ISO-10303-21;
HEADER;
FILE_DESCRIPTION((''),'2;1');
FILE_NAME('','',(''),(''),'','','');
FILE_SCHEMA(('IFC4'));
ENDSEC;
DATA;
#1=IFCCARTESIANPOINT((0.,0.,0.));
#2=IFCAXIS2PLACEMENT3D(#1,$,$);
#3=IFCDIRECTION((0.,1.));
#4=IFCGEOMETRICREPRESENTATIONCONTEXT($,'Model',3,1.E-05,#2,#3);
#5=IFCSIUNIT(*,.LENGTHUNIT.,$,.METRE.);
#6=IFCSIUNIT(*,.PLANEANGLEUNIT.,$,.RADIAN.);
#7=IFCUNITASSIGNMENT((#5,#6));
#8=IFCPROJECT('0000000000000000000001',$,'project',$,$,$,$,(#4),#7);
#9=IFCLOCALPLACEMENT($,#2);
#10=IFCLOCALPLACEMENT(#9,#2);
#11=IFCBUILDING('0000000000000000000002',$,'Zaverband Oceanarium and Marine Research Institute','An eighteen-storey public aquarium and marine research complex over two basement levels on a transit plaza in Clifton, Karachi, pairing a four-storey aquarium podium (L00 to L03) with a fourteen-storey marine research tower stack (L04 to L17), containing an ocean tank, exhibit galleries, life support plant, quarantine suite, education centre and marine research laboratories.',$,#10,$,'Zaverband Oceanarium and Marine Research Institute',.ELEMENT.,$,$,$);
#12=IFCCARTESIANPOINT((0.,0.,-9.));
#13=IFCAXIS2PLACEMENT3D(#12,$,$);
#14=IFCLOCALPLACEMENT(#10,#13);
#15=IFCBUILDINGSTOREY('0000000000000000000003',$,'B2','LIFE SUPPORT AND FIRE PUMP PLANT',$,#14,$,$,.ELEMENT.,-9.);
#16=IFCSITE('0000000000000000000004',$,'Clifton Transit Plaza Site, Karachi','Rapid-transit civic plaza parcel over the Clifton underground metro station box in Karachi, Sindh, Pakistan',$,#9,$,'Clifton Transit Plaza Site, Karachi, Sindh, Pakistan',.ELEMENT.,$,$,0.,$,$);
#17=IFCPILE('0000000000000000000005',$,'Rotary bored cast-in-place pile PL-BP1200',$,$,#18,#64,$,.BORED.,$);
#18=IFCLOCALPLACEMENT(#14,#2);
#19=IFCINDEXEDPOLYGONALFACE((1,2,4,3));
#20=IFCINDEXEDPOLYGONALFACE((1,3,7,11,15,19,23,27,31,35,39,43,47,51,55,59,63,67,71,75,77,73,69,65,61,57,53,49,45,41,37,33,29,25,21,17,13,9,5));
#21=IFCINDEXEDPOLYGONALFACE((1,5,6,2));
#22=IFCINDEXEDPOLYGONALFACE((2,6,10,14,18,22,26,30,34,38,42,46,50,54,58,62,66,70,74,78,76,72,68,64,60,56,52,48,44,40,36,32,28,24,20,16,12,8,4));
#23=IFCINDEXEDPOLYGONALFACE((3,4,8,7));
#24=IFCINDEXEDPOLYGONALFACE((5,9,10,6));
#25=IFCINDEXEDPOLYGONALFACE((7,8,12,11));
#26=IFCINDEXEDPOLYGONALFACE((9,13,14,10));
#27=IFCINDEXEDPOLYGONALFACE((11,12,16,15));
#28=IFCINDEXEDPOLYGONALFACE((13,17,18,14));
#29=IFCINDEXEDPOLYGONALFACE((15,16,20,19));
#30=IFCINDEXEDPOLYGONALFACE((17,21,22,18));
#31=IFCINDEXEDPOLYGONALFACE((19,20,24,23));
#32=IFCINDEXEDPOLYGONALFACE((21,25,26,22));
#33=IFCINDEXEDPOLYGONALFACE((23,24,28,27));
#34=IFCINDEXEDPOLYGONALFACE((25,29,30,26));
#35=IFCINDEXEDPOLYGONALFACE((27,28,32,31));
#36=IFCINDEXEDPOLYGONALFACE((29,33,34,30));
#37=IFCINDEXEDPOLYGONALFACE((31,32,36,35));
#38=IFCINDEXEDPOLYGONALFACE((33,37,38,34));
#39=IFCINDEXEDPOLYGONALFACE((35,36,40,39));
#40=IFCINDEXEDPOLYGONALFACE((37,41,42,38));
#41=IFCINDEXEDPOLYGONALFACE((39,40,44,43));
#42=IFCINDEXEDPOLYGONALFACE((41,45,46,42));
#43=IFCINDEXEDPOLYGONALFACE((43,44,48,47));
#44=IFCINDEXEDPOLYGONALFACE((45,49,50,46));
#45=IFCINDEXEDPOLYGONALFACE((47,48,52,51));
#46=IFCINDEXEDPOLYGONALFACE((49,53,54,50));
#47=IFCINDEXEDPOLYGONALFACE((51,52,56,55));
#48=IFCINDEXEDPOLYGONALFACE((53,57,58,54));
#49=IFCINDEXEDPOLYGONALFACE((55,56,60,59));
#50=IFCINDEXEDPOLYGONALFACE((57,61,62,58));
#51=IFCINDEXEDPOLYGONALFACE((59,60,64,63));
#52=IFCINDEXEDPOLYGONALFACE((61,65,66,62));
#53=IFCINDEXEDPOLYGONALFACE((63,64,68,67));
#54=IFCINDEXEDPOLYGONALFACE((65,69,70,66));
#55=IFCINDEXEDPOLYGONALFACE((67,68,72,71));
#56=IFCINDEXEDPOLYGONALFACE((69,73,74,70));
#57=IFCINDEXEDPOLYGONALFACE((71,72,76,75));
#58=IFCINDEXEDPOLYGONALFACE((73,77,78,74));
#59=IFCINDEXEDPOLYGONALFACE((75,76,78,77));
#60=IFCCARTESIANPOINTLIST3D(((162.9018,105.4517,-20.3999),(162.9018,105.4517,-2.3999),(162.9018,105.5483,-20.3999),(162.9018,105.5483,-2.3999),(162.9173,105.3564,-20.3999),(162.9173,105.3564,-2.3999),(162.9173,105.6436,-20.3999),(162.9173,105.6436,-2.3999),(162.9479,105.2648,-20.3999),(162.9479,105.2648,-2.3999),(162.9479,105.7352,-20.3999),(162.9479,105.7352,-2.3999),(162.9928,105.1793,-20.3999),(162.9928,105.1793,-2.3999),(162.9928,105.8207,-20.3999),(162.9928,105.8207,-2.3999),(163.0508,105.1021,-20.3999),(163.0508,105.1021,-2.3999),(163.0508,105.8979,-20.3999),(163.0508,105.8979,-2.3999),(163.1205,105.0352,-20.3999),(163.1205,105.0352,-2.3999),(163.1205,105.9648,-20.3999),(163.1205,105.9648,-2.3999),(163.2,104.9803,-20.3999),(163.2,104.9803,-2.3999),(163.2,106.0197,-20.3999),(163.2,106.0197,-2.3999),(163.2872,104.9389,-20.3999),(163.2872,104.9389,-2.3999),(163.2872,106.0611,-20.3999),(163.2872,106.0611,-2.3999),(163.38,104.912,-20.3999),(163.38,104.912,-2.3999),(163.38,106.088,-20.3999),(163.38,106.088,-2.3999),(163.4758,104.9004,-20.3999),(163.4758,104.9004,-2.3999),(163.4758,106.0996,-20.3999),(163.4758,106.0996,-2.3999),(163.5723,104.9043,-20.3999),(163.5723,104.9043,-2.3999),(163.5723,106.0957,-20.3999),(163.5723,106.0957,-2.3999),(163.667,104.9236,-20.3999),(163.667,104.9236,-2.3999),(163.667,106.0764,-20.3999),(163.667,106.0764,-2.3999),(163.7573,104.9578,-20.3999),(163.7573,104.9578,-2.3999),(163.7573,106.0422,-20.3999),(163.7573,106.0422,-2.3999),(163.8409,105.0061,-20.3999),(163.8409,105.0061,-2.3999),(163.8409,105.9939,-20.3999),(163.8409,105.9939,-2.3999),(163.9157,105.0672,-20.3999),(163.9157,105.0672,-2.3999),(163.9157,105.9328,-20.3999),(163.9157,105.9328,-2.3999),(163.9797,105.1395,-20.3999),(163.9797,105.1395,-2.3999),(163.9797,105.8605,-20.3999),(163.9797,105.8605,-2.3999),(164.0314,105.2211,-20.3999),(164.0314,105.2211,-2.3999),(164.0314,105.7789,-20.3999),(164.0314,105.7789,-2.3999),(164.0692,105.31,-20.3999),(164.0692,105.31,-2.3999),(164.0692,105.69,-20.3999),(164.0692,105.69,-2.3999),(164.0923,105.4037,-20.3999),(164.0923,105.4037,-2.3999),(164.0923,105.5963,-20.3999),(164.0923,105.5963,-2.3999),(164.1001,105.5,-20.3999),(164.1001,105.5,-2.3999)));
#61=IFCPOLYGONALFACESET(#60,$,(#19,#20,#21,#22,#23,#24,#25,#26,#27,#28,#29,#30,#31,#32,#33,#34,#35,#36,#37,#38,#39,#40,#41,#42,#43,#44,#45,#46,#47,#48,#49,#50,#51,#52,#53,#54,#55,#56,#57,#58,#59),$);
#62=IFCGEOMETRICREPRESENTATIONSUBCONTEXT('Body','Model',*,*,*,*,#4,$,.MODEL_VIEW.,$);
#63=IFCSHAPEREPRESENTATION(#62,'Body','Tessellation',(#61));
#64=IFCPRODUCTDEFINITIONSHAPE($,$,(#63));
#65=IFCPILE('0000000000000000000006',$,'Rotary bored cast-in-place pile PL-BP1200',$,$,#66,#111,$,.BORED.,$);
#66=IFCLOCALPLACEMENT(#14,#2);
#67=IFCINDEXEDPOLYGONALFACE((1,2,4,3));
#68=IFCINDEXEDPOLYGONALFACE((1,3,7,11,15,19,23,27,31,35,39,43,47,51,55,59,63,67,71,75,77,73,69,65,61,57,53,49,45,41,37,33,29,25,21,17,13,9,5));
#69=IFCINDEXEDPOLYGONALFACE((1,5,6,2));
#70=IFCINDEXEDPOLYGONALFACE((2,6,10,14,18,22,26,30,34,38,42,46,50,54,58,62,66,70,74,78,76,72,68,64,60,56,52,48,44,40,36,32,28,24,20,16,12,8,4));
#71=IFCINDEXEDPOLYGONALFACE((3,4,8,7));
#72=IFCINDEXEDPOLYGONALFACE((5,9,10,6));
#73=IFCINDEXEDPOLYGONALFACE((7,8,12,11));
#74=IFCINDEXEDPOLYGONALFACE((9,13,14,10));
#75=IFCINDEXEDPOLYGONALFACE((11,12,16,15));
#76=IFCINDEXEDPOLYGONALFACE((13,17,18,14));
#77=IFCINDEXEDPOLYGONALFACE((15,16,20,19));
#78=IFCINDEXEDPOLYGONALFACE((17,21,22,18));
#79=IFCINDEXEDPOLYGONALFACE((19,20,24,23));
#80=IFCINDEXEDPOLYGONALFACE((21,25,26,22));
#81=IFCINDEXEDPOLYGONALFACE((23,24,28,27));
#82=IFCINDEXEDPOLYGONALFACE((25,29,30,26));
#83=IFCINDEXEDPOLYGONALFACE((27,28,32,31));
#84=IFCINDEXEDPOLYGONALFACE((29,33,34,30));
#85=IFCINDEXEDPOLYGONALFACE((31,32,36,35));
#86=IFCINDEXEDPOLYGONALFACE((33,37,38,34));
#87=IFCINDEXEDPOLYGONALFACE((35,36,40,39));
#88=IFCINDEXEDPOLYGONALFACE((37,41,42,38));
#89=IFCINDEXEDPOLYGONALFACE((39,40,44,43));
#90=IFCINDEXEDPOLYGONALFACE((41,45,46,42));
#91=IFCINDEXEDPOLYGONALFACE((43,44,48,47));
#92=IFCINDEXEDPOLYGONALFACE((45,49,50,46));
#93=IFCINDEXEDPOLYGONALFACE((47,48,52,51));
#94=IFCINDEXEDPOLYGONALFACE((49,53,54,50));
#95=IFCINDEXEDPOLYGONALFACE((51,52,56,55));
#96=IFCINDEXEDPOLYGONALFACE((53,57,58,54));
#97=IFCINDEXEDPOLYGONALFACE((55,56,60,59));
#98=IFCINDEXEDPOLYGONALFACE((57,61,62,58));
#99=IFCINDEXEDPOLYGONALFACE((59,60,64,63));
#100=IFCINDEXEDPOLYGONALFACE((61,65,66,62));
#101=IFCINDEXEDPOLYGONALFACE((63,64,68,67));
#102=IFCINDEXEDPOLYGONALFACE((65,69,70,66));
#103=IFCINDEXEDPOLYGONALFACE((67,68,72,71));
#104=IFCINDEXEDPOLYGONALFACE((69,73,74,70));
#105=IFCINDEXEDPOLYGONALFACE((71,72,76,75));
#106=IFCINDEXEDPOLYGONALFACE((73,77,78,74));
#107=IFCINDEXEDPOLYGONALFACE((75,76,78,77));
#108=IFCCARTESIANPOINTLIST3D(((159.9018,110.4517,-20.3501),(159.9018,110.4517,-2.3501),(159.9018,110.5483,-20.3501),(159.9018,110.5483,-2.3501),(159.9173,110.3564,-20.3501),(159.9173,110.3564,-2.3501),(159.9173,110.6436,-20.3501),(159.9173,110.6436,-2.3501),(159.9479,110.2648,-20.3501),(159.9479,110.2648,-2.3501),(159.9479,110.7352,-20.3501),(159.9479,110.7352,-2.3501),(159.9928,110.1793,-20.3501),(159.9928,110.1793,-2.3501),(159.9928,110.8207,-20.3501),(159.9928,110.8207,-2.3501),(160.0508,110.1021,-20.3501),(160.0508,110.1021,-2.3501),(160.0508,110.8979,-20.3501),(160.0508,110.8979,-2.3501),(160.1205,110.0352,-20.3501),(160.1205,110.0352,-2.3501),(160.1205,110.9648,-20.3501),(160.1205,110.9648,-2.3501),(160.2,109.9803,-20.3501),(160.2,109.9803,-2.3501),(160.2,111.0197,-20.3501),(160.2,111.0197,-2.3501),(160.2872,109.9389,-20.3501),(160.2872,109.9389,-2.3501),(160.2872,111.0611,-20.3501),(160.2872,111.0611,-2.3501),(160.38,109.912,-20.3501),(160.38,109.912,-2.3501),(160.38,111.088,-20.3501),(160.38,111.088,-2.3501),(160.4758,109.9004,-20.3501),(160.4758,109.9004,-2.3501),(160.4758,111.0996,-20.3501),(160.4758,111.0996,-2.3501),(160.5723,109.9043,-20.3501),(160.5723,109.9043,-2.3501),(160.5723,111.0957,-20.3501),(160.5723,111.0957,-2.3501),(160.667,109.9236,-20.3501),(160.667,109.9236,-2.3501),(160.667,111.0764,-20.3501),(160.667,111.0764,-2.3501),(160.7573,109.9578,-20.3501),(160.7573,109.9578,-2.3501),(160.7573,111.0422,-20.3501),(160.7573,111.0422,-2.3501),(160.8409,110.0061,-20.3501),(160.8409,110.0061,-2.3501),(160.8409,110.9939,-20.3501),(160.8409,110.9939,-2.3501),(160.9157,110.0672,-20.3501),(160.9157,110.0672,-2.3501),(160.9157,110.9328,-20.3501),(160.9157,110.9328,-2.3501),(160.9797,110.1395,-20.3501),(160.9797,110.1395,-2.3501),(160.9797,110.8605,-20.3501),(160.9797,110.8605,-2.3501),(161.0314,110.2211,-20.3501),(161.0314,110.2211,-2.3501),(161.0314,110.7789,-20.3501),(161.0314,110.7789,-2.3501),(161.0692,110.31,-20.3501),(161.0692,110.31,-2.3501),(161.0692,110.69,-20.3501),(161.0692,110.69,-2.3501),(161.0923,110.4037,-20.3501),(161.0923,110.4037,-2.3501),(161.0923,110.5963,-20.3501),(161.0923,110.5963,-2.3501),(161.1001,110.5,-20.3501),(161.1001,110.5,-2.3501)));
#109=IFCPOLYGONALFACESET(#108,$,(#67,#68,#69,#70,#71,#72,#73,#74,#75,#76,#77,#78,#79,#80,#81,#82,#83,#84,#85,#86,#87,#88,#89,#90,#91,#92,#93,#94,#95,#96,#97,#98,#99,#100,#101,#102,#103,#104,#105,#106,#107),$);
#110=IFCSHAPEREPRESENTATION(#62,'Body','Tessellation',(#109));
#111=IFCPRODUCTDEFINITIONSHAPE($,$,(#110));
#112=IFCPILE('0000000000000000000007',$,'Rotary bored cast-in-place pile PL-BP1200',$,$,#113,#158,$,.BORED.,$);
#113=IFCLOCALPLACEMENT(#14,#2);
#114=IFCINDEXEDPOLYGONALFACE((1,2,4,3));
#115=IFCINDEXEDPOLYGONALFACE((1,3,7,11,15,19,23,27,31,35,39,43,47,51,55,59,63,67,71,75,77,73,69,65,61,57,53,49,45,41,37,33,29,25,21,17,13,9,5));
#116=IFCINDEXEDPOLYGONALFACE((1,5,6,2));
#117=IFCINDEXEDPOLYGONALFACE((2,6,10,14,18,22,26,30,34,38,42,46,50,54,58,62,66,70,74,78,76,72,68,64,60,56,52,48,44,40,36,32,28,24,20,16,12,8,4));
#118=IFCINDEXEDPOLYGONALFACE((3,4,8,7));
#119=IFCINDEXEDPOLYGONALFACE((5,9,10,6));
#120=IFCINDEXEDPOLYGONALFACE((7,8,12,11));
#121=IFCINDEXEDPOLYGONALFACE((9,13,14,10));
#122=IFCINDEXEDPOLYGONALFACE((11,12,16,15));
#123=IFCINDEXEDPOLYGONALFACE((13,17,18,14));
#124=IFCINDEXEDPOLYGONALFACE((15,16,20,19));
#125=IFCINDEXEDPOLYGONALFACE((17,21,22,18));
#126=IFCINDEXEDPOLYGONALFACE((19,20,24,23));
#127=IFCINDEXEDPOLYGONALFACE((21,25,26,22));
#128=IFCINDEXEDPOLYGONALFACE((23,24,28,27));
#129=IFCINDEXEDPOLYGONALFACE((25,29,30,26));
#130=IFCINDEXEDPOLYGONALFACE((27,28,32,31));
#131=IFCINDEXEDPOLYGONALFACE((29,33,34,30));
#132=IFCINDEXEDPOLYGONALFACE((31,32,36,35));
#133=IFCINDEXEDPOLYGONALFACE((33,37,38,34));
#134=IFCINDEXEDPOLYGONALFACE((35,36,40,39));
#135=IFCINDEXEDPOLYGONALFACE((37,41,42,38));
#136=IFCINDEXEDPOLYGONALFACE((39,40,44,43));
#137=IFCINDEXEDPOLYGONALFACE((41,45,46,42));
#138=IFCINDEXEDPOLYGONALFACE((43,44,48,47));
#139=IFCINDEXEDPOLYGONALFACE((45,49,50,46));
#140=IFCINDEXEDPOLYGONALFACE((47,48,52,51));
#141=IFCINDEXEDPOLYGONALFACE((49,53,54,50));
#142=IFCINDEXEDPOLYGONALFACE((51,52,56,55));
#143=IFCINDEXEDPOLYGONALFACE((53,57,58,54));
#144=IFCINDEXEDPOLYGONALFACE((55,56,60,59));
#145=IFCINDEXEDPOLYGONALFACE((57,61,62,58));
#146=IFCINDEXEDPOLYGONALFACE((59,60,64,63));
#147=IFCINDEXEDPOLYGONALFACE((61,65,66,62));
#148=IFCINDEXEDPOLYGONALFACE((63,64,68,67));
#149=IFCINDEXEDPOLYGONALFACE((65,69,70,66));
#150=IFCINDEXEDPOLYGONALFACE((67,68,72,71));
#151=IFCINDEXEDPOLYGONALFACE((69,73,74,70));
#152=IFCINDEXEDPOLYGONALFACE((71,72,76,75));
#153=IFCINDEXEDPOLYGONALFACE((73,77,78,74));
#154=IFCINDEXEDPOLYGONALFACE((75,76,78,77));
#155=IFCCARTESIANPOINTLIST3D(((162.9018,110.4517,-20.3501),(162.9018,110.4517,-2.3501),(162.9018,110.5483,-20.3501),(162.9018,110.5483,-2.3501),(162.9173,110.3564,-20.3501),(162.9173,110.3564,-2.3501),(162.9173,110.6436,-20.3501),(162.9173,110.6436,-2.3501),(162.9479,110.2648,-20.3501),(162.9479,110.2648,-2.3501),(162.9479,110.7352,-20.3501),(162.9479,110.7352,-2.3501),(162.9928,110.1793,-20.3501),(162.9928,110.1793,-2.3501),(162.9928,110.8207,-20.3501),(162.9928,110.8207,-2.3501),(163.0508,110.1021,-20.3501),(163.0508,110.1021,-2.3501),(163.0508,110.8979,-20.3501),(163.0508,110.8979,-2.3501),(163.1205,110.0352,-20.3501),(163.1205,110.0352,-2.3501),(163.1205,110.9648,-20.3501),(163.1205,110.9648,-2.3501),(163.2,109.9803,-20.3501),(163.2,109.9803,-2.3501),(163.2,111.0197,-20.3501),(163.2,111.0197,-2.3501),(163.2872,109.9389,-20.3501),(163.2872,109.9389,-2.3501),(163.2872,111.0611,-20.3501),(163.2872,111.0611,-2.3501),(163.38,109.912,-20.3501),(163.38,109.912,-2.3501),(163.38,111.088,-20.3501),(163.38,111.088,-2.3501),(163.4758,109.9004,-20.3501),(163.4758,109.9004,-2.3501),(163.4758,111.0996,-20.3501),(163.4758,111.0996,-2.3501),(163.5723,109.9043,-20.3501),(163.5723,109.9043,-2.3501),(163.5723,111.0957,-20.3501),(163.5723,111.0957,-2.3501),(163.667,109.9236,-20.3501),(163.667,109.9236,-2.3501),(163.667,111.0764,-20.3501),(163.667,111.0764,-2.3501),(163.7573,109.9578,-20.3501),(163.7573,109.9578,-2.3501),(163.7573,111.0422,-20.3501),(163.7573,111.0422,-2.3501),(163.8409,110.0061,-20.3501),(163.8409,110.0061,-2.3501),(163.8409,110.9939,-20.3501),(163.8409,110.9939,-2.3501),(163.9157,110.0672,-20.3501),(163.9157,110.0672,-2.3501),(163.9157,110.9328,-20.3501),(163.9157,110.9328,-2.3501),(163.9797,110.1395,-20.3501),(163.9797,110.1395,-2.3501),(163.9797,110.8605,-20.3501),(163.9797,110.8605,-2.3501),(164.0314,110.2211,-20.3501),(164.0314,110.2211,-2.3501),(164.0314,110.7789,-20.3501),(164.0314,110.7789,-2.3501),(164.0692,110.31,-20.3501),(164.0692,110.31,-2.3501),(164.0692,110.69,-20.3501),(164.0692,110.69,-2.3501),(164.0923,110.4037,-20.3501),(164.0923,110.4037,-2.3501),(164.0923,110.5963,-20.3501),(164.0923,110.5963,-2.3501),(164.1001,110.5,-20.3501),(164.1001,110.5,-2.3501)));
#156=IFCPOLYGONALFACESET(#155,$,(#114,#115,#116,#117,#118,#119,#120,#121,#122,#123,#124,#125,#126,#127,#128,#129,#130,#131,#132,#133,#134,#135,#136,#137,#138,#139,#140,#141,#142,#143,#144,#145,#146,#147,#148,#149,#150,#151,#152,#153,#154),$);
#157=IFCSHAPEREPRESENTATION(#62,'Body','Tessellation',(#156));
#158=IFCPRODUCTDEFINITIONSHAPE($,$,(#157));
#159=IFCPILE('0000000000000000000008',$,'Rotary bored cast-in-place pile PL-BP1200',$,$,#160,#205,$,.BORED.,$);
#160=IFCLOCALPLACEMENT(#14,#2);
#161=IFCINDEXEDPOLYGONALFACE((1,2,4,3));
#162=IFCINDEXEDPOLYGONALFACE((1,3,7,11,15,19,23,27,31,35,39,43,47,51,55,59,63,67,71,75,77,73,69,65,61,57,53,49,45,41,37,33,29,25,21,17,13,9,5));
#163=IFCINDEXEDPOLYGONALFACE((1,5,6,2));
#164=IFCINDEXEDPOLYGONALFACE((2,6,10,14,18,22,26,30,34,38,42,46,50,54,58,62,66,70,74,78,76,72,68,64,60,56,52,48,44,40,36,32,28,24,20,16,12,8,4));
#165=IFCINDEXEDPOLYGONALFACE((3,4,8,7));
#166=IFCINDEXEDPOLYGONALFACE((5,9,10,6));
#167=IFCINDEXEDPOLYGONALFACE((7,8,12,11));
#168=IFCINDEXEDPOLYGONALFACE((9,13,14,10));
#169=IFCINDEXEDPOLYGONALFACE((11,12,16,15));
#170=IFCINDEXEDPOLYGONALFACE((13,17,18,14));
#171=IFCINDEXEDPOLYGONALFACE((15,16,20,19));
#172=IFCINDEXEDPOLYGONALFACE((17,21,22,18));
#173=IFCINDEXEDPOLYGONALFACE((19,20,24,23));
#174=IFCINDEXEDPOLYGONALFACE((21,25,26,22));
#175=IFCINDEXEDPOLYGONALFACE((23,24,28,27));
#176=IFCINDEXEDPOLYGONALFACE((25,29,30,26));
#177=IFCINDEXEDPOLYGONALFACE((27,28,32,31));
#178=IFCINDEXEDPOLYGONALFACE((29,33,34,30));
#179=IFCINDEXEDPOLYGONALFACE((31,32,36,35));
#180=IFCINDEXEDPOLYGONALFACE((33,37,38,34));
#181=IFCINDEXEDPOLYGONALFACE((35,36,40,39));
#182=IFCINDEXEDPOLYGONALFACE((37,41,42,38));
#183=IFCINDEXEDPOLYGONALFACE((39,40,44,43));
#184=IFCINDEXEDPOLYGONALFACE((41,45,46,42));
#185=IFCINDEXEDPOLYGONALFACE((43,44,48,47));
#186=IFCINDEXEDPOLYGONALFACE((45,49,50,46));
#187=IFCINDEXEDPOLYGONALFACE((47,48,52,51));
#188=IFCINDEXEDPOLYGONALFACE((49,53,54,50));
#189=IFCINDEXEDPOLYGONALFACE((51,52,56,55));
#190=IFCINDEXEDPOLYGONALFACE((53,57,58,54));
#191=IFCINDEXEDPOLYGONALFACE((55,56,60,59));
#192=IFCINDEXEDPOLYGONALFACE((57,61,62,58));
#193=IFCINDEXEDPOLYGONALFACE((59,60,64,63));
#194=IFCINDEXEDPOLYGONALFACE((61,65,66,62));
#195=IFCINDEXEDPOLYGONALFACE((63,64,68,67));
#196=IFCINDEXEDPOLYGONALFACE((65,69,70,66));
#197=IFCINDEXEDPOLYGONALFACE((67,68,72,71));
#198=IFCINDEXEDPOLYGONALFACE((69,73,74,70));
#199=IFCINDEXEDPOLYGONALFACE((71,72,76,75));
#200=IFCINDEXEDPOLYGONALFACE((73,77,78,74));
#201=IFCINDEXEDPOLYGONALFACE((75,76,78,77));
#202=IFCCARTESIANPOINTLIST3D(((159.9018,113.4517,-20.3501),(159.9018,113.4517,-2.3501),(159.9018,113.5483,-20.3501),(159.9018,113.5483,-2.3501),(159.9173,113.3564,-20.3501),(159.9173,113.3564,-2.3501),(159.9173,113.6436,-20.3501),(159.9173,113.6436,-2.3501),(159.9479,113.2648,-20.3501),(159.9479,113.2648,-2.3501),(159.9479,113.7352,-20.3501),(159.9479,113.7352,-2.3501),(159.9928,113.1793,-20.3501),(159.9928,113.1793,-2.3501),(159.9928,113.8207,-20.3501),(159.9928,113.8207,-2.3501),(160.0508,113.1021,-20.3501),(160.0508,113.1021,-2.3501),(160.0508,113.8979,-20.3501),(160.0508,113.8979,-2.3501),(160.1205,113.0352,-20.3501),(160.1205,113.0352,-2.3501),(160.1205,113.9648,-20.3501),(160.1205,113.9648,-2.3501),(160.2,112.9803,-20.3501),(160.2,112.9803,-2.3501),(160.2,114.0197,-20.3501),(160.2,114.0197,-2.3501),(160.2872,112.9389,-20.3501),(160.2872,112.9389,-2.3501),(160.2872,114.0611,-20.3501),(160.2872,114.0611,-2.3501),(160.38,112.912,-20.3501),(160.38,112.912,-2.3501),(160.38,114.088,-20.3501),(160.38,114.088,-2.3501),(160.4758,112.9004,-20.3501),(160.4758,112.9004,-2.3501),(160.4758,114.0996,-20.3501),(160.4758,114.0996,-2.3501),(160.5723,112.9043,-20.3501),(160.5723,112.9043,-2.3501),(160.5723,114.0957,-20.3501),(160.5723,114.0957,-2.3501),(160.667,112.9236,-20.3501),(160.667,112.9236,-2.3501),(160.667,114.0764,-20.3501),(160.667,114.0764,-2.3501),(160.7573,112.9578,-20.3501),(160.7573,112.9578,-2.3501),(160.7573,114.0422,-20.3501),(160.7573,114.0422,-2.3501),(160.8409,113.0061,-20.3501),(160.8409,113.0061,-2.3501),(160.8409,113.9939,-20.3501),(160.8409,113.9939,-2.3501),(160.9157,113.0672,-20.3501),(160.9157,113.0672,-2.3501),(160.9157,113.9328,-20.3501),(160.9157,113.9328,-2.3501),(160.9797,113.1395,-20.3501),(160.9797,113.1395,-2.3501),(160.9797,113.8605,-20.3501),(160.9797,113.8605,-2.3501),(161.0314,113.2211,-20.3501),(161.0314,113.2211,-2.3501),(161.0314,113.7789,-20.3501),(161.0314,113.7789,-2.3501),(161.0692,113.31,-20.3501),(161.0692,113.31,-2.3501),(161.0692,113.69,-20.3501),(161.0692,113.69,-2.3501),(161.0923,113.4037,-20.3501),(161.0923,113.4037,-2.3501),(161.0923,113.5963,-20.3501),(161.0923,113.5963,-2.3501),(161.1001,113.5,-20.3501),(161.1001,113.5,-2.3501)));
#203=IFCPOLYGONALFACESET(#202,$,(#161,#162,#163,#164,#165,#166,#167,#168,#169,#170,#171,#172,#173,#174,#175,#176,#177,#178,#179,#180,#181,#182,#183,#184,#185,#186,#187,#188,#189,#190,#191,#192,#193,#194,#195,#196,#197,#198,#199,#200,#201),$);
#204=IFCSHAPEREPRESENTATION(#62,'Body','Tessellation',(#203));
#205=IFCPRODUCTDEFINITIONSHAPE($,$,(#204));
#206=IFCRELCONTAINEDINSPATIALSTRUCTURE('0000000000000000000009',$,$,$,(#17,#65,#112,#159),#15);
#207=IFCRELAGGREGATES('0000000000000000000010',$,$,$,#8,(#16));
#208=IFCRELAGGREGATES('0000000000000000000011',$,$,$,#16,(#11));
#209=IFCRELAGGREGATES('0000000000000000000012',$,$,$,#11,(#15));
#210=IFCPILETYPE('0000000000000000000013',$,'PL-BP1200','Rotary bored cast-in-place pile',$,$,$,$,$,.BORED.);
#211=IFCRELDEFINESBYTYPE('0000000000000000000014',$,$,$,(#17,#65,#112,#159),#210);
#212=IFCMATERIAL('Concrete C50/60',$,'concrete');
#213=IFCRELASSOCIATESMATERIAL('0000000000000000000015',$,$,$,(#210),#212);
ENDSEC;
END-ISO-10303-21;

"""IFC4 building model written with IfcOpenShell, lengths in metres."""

from ifc_helpers import new_model, si_unit, direction, frame, origin, origin_2d, place, context, subcontext, project, spatial, circle, extrude, material, material_profile, profile_set, type_object, element, save


model = new_model("IFC4")

# Units and contexts
model_context = context("Model", 3, precision=1e-05, world=origin(), true_north=direction((0.0, 1.0)))
body_context = subcontext(model_context, "Body", "Model", "MODEL_VIEW")
ifc_project = project(units=[si_unit("LENGTHUNIT", "METRE"), si_unit("PLANEANGLEUNIT", "RADIAN")], contexts=[model_context])

# Site, building, storey
site_placement = place(None, origin())
site = spatial("IfcSite", under=ifc_project, at=site_placement, Name="Clifton Transit Plaza Site, Karachi", Description="Rapid-transit civic plaza parcel over the Clifton underground metro station box in Karachi, Sindh, Pakistan", LongName="Clifton Transit Plaza Site, Karachi, Sindh, Pakistan", CompositionType="ELEMENT", RefElevation=0.0)
building_placement = place(site_placement, origin())
building = spatial("IfcBuilding", under=site, at=building_placement, Name="Zaverband Oceanarium and Marine Research Institute", Description="An eighteen-storey public aquarium and marine research complex over two basement levels on a transit plaza in Clifton, Karachi, pairing a four-storey aquarium podium (L00 to L03) with a fourteen-storey marine research tower stack (L04 to L17), containing an ocean tank, exhibit galleries, life support plant, quarantine suite, education centre and marine research laboratories.", LongName="Zaverband Oceanarium and Marine Research Institute", CompositionType="ELEMENT")
storey_placement = place(building_placement, frame((0.0, 0.0, -9.0)))
storey = spatial("IfcBuildingStorey", under=building, at=storey_placement, Name="B2", Description="LIFE SUPPORT AND FIRE PUMP PLANT", CompositionType="ELEMENT", Elevation=-9.0)

# Shared definitions
ifc_material_1 = material(Name="Concrete C50/60", Category="concrete")

# Piles
ifc_material_profile_1 = material_profile(ifc_material_1, circle(Radius=0.6001, at=origin_2d()), Name="BP1200")
ifc_profile_set_1 = profile_set([ifc_material_profile_1], Name="Concrete C50/60")
pile_type_1 = type_object("IfcPileType", Name="PL-BP1200", Description="Rotary bored cast-in-place pile", PredefinedType="BORED", material=ifc_profile_set_1)
for number, where, z_axis, x_axis, name in (
    (1, (163.5, 105.5, -2.3999), (0.0, 0.0, -1.0), (1.0, 0.0, 0.0), "Rotary bored cast-in-place pile PL-BP1200"),
    (2, (160.5, 110.5, -2.3501), (0.0, 0.0, -1.0), (1.0, 0.0, 0.0), "Rotary bored cast-in-place pile PL-BP1200"),
    (3, (163.5, 110.5, -2.3501), (0.0, 0.0, -1.0), (1.0, 0.0, 0.0), "Rotary bored cast-in-place pile PL-BP1200"),
    (4, (160.5, 113.5, -2.3501), (0.0, 0.0, -1.0), (1.0, 0.0, 0.0), "Rotary bored cast-in-place pile PL-BP1200"),
):
    element("IfcPile", number, at=place(storey_placement, frame(where, z_axis=z_axis, x_axis=x_axis)), inside=storey, type_object=pile_type_1, Name=name, PredefinedType="BORED", context=body_context, shape_type="SweptSolid", body=[
        extrude(circle(Radius=0.6001, at=origin_2d()), origin(), (0.0, 0.0, 1.0), 18.0),
    ])

save(model, "model.ifc")
